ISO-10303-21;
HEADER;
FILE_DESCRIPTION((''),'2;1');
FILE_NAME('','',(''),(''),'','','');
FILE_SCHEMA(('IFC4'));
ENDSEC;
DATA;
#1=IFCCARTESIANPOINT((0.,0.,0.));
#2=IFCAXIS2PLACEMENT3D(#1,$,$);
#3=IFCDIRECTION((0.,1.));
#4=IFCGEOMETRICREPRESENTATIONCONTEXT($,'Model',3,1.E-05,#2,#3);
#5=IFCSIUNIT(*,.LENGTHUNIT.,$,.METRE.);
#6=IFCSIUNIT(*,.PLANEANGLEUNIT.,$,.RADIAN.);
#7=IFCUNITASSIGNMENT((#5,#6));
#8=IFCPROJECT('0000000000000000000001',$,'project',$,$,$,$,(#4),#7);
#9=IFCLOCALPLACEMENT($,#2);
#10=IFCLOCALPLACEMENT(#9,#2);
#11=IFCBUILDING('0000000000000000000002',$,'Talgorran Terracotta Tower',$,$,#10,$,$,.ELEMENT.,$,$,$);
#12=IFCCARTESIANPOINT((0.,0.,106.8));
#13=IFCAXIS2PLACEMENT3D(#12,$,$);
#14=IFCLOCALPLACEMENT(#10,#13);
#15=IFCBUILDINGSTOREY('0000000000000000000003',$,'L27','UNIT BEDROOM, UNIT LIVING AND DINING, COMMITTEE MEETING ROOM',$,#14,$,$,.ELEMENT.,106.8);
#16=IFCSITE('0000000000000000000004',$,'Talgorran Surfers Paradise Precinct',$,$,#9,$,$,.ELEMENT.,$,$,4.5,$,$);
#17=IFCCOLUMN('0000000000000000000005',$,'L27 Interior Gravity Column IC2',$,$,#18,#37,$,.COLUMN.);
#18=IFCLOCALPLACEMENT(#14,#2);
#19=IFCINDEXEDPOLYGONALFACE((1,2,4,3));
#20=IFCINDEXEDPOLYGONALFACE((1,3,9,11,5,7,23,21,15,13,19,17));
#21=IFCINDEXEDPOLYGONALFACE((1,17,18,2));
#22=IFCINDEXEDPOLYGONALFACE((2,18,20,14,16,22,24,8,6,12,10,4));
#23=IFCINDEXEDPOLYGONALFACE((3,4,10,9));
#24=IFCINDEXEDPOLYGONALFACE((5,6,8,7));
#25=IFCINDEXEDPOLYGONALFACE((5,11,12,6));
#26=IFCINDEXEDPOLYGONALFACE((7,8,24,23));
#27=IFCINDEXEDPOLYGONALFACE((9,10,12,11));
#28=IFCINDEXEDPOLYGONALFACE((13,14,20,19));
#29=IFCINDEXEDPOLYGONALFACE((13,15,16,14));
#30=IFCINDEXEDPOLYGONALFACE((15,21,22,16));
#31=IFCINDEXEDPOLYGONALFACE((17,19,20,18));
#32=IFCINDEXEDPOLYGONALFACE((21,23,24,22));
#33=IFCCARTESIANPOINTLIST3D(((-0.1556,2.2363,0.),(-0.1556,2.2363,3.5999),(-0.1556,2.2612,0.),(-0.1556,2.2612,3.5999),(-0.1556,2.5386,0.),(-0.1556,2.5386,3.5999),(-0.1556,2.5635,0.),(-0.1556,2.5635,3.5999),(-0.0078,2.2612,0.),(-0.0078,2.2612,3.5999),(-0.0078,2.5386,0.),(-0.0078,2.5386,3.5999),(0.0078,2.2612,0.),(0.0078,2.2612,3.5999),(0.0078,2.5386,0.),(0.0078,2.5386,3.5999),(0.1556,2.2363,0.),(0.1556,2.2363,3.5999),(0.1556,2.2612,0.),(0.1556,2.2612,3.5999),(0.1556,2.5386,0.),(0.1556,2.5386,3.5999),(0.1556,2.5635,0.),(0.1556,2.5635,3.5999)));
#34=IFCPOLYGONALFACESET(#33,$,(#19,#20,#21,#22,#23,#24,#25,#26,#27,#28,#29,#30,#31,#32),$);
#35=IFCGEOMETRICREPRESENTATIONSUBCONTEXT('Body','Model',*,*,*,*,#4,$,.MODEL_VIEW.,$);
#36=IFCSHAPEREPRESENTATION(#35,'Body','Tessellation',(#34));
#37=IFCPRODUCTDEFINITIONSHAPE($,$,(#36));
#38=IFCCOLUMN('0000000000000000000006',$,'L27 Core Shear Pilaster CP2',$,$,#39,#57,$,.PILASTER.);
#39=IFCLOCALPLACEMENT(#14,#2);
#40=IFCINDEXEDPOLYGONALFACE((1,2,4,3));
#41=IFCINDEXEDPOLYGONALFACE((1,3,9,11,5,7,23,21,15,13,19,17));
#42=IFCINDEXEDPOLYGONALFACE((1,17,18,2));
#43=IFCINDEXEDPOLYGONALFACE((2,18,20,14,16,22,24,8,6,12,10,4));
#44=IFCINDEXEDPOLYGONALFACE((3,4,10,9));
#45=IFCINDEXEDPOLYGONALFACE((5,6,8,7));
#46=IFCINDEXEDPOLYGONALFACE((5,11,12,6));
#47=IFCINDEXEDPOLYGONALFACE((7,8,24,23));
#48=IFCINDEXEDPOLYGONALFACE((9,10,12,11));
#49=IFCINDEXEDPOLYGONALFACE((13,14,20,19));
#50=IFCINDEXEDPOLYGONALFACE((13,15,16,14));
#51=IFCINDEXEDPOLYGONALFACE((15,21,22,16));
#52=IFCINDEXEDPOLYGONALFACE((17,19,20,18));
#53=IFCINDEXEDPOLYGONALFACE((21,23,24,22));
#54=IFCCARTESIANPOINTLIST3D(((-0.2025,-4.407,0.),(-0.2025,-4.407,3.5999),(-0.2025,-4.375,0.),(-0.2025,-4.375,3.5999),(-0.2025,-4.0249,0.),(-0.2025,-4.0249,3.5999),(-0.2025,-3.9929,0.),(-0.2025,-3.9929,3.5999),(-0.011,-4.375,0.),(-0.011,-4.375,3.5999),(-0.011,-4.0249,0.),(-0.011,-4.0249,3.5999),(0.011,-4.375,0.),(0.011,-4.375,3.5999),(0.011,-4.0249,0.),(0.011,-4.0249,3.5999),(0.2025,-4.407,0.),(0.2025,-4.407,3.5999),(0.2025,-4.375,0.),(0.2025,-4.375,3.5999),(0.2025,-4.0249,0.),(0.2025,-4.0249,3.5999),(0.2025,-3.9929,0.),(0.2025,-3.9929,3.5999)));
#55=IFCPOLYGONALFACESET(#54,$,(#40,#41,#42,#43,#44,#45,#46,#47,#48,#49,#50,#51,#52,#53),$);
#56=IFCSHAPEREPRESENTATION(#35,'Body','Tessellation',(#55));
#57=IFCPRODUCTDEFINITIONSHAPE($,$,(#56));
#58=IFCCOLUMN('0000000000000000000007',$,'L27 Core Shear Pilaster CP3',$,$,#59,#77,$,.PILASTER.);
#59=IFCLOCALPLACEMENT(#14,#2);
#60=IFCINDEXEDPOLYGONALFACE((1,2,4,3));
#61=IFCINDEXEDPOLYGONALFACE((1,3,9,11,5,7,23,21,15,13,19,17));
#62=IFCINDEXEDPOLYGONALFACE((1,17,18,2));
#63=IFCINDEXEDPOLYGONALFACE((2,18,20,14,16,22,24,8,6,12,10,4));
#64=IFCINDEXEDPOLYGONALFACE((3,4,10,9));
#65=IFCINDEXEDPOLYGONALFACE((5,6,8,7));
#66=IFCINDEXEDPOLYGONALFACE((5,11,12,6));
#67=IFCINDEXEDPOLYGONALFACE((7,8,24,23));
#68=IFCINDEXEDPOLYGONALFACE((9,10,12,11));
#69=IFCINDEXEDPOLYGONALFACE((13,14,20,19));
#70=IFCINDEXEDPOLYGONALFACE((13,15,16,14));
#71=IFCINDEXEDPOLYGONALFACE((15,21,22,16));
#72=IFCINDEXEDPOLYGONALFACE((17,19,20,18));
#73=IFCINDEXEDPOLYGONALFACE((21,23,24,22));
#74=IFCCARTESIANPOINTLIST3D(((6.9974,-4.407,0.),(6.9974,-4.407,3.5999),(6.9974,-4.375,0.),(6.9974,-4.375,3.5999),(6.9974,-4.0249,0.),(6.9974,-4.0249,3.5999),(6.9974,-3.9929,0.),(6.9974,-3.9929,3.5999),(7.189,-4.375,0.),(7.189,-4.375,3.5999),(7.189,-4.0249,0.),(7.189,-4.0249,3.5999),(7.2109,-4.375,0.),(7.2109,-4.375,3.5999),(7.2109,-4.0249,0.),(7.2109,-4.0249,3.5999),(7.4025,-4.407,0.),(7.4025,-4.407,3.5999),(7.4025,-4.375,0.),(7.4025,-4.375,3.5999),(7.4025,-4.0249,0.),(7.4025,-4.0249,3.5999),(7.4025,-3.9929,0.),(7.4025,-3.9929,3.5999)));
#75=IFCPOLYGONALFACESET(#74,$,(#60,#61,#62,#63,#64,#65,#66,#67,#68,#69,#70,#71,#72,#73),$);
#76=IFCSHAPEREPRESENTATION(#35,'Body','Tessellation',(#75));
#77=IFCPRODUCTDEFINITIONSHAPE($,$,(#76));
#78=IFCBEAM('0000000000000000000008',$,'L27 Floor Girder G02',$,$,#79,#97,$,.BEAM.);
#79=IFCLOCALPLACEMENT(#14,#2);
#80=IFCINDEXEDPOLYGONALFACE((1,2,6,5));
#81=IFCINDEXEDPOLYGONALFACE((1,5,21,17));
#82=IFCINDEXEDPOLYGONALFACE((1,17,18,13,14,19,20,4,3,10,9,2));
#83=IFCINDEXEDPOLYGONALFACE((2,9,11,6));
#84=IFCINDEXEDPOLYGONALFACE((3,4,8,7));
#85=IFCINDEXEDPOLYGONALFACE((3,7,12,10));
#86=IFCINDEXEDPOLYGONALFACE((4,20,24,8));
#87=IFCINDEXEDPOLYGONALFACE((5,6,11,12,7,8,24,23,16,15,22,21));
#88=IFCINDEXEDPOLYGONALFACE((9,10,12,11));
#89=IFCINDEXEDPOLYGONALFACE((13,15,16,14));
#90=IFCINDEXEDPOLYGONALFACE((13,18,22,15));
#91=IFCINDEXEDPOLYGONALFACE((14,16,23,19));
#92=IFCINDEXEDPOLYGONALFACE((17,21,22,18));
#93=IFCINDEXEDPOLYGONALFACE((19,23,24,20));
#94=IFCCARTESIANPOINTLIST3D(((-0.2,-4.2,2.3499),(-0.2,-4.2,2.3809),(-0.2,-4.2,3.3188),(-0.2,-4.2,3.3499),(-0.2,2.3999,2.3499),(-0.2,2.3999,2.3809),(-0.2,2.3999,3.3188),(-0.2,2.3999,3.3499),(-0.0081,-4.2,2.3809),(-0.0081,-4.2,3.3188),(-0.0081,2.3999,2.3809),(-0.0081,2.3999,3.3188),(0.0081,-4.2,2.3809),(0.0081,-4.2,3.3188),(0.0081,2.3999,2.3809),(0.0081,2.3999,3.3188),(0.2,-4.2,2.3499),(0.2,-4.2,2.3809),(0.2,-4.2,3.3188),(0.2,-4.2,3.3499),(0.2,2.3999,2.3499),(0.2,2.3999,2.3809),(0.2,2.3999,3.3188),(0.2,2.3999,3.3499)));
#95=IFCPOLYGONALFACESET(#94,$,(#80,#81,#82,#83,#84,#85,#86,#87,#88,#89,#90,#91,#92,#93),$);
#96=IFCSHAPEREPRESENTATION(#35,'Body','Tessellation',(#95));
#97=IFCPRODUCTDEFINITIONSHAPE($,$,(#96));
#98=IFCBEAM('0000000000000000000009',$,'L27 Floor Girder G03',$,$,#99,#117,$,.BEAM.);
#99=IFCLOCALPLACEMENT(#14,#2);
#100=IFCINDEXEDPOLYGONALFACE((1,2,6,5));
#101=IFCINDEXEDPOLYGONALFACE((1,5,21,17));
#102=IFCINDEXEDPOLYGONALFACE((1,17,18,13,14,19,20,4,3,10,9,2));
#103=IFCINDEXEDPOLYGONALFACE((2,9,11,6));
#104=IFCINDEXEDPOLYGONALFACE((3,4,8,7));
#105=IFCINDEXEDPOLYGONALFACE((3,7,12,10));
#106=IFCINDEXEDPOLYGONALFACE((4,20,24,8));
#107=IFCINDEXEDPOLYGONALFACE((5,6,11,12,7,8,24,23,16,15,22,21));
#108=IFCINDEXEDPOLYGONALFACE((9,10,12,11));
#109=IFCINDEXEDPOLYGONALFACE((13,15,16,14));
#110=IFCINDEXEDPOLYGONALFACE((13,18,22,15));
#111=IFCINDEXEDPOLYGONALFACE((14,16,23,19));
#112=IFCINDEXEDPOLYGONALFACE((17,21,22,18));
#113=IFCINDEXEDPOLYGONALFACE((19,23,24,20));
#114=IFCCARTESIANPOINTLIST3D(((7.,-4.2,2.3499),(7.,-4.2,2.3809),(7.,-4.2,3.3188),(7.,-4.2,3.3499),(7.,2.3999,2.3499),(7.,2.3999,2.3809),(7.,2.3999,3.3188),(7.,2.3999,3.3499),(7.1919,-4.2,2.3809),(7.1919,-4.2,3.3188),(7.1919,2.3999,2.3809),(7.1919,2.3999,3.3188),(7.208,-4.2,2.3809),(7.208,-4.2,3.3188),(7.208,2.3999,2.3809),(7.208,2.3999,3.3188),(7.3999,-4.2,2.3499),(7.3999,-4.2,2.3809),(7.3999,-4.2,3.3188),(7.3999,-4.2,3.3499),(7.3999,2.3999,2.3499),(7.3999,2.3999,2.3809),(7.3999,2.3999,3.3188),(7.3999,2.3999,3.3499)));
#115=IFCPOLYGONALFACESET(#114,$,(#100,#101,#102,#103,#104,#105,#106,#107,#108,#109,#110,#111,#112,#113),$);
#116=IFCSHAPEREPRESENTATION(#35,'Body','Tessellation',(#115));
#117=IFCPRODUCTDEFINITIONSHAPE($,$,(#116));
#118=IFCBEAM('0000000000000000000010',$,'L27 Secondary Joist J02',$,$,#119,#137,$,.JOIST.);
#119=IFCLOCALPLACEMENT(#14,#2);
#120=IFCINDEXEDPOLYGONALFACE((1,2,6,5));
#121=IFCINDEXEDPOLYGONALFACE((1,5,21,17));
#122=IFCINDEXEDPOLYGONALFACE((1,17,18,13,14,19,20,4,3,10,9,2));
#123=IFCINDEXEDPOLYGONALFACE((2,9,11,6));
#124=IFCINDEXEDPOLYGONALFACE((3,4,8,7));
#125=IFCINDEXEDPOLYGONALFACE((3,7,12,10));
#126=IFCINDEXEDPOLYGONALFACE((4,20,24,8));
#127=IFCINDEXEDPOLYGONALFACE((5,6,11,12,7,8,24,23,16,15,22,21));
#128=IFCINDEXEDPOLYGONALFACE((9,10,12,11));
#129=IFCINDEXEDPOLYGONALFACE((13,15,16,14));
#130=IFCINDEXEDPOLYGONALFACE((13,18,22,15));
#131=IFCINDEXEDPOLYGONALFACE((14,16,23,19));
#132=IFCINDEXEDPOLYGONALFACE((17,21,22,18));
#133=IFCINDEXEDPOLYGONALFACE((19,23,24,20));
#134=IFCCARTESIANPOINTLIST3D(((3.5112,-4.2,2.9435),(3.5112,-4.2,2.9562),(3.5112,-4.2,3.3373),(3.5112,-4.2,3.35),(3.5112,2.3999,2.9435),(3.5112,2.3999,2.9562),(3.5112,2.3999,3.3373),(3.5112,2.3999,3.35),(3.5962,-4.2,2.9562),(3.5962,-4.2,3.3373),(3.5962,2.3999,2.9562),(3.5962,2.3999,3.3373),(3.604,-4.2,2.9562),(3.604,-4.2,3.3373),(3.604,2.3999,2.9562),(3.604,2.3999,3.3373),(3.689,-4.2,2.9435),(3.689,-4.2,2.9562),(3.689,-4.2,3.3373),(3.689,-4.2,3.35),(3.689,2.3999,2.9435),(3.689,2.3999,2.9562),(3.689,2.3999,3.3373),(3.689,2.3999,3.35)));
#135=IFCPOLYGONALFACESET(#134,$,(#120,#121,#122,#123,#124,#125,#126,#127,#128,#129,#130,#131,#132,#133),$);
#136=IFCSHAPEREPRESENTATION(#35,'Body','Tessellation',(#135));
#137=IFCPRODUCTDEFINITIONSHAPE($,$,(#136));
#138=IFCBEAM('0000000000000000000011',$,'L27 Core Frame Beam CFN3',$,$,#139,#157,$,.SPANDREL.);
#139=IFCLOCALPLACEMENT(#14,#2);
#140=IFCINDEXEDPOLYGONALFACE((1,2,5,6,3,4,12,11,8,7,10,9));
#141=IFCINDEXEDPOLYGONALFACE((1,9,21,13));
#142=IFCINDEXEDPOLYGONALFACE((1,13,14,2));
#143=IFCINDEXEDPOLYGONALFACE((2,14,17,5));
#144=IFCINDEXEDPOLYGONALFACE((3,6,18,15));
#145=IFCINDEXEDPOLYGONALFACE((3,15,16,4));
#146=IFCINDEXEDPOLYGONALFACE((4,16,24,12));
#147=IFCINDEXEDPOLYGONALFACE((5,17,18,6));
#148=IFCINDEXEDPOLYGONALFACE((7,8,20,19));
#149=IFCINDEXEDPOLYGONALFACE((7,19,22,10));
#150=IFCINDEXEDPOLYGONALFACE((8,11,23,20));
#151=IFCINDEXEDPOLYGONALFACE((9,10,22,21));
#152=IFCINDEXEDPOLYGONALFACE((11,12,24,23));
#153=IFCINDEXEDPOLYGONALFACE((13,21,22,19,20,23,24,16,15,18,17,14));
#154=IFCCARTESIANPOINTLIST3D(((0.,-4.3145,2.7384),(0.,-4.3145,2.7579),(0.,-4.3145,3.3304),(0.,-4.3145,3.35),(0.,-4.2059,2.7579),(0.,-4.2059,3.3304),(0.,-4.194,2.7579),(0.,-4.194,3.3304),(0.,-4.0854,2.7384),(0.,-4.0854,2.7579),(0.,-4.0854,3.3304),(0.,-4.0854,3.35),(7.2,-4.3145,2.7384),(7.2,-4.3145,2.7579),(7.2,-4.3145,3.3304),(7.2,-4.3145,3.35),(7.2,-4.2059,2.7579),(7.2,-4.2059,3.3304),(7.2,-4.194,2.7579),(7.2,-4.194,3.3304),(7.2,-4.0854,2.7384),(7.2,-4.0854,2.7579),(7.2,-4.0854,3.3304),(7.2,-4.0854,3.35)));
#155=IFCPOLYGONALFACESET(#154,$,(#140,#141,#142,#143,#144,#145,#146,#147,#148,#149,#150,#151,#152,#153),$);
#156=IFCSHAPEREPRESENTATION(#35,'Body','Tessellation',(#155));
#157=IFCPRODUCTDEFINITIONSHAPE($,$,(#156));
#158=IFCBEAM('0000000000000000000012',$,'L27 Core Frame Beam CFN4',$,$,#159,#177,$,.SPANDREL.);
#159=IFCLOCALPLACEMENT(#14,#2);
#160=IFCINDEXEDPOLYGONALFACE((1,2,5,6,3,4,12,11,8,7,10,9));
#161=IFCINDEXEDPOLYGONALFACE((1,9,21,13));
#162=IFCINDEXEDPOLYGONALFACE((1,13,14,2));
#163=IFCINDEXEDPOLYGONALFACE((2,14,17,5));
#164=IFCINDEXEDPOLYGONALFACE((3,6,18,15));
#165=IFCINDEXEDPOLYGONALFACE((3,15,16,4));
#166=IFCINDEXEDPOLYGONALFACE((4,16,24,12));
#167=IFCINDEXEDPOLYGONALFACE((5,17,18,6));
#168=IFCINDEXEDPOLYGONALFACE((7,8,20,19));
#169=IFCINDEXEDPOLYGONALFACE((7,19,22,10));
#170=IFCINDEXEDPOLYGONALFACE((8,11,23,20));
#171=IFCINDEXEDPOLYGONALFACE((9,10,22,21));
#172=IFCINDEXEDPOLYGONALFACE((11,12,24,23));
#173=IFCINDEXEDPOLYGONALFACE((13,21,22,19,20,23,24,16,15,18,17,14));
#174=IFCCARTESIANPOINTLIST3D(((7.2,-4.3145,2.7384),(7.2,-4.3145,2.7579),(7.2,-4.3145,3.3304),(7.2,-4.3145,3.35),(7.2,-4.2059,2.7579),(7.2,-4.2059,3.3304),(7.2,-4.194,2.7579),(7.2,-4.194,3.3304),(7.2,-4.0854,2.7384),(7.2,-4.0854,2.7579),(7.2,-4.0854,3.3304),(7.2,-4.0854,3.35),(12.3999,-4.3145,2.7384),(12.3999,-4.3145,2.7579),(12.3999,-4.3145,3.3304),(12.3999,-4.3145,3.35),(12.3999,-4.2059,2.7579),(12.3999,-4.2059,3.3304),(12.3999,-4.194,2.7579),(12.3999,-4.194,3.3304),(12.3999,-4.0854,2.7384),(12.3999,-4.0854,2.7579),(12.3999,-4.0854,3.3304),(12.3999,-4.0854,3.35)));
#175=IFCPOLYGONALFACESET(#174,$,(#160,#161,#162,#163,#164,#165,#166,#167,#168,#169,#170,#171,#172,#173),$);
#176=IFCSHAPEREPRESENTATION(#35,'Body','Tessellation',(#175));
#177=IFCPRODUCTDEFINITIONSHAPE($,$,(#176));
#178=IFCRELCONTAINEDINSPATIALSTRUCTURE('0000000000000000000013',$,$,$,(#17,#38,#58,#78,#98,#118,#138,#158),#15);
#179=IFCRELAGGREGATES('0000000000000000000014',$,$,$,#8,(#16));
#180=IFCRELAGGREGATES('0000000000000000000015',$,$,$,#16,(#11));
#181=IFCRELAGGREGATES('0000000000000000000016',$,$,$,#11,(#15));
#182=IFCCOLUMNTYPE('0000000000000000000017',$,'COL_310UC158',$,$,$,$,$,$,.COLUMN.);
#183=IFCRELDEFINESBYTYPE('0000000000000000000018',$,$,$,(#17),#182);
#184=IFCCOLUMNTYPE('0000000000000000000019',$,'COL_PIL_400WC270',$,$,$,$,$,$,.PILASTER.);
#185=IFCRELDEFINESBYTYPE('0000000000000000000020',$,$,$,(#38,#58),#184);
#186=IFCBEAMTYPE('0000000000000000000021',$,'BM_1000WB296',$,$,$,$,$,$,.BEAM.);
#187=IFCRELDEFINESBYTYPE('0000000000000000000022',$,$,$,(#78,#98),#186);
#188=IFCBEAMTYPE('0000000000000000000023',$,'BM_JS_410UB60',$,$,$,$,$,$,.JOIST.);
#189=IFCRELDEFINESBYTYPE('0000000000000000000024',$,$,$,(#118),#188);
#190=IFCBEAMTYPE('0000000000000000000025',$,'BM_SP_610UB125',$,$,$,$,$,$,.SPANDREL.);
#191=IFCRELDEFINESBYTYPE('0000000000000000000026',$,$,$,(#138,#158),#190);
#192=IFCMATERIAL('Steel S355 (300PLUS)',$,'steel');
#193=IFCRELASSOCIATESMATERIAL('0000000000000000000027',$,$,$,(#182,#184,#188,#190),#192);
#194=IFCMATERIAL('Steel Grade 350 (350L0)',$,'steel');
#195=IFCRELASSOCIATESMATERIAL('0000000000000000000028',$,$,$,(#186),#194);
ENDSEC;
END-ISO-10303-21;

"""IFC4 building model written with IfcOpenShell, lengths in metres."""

from ifc_helpers import new_model, si_unit, direction, frame, origin, origin_2d, place, context, subcontext, project, spatial, i_section, extrude, material, material_profile, profile_set, type_object, element, save


model = new_model("IFC4")

# Units and contexts
model_context = context("Model", 3, precision=1e-05, world=origin(), true_north=direction((0.0, 1.0)))
body_context = subcontext(model_context, "Body", "Model", "MODEL_VIEW")
ifc_project = project(units=[si_unit("LENGTHUNIT", "METRE"), si_unit("PLANEANGLEUNIT", "RADIAN")], contexts=[model_context])

# Site, building, storey
site_placement = place(None, origin())
site = spatial("IfcSite", under=ifc_project, at=site_placement, Name="Talgorran Surfers Paradise Precinct", CompositionType="ELEMENT", RefElevation=4.5)
building_placement = place(site_placement, origin())
building = spatial("IfcBuilding", under=site, at=building_placement, Name="Talgorran Terracotta Tower", CompositionType="ELEMENT")
storey_placement = place(building_placement, frame((0.0, 0.0, 106.8)))
storey = spatial("IfcBuildingStorey", under=building, at=storey_placement, Name="L27", Description="UNIT BEDROOM, UNIT LIVING AND DINING, COMMITTEE MEETING ROOM", CompositionType="ELEMENT", Elevation=106.8)

# Columns
ifc_material_1 = material(Name="Steel S355 (300PLUS)", Category="steel")
ifc_material_profile_1 = material_profile(ifc_material_1, i_section(OverallWidth=0.3113, OverallDepth=0.3271, WebThickness=0.0156, FlangeThickness=0.0249, at=origin_2d()), Name="310UC158")
ifc_profile_set_1 = profile_set([ifc_material_profile_1], Name="Steel S355 (300PLUS)")
column_type_1 = type_object("IfcColumnType", Name="COL_310UC158", PredefinedType="COLUMN", material=ifc_profile_set_1)
column_placement = place(storey_placement, frame((0.0, 2.3999, 0.0), z_axis=(0.0, 0.0, 1.0), x_axis=(1.0, 0.0, 0.0)))
element("IfcColumn", 1, at=column_placement, inside=storey, type_object=column_type_1, Name="L27 Interior Gravity Column IC2", PredefinedType="COLUMN", context=body_context, shape_type="SweptSolid", body=[
    extrude(i_section(OverallWidth=0.3113, OverallDepth=0.3271, WebThickness=0.0156, FlangeThickness=0.0249, at=origin_2d()), origin(), (0.0, 0.0, 1.0), 3.5999),
])
ifc_material_profile_2 = material_profile(ifc_material_1, i_section(OverallWidth=0.405, OverallDepth=0.4141, WebThickness=0.022, FlangeThickness=0.032, at=origin_2d()), Name="400WC270")
ifc_profile_set_2 = profile_set([ifc_material_profile_2], Name="Steel S355 (300PLUS)")
column_type_2 = type_object("IfcColumnType", Name="COL_PIL_400WC270", PredefinedType="PILASTER", material=ifc_profile_set_2)
for number, where, z_axis, x_axis, name in (
    (2, (0.0, -4.2, 0.0), (0.0, 0.0, 1.0), (1.0, 0.0, 0.0), "L27 Core Shear Pilaster CP2"),
    (3, (7.2, -4.2, 0.0), (0.0, 0.0, 1.0), (1.0, 0.0, 0.0), "L27 Core Shear Pilaster CP3"),
):
    element("IfcColumn", number, at=place(storey_placement, frame(where, z_axis=z_axis, x_axis=x_axis)), inside=storey, type_object=column_type_2, Name=name, PredefinedType="PILASTER", context=body_context, shape_type="SweptSolid", body=[
        extrude(i_section(OverallWidth=0.405, OverallDepth=0.4141, WebThickness=0.022, FlangeThickness=0.032, at=origin_2d()), origin(), (0.0, 0.0, 1.0), 3.5999),
    ])

# Beams
ifc_material_2 = material(Name="Steel Grade 350 (350L0)", Category="steel")
ifc_material_profile_3 = material_profile(ifc_material_2, i_section(OverallWidth=0.3999, OverallDepth=1.0, WebThickness=0.0161, FlangeThickness=0.031, at=origin_2d()), Name="1000WB296")
ifc_profile_set_3 = profile_set([ifc_material_profile_3], Name="Steel Grade 350 (350L0)")
beam_type_1 = type_object("IfcBeamType", Name="BM_1000WB296", PredefinedType="BEAM", material=ifc_profile_set_3)
for number, where, z_axis, x_axis, name in (
    (4, (0.0, -4.2, 2.8499), (0.0, 1.0, 0.0), (-1.0, 0.0, 0.0), "L27 Floor Girder G02"),
    (5, (7.2, -4.2, 2.8499), (0.0, 1.0, 0.0), (-1.0, 0.0, 0.0), "L27 Floor Girder G03"),
):
    element("IfcBeam", number, at=place(storey_placement, frame(where, z_axis=z_axis, x_axis=x_axis)), inside=storey, type_object=beam_type_1, Name=name, PredefinedType="BEAM", context=body_context, shape_type="SweptSolid", body=[
        extrude(i_section(OverallWidth=0.3999, OverallDepth=1.0, WebThickness=0.0161, FlangeThickness=0.031, at=origin_2d()), origin(), (0.0, 0.0, 1.0), 6.5999),
    ])
ifc_material_profile_4 = material_profile(ifc_material_1, i_section(OverallWidth=0.1777, OverallDepth=0.4065, WebThickness=0.0078, FlangeThickness=0.0127, at=origin_2d()), Name="410UB59.7")
ifc_profile_set_4 = profile_set([ifc_material_profile_4], Name="Steel S355 (300PLUS)")
beam_type_2 = type_object("IfcBeamType", Name="BM_JS_410UB60", PredefinedType="JOIST", material=ifc_profile_set_4)
beam_1_placement = place(storey_placement, frame((3.6001, -4.2, 3.1467), z_axis=(0.0, 1.0, 0.0), x_axis=(-1.0, 0.0, 0.0)))
element("IfcBeam", 6, at=beam_1_placement, inside=storey, type_object=beam_type_2, Name="L27 Secondary Joist J02", PredefinedType="JOIST", context=body_context, shape_type="SweptSolid", body=[
    extrude(i_section(OverallWidth=0.1777, OverallDepth=0.4065, WebThickness=0.0078, FlangeThickness=0.0127, at=origin_2d()), origin(), (0.0, 0.0, 1.0), 6.5999),
])
ifc_material_profile_5 = material_profile(ifc_material_1, i_section(OverallWidth=0.229, OverallDepth=0.6116, WebThickness=0.012, FlangeThickness=0.0195, at=origin_2d()), Name="610UB125")
ifc_profile_set_5 = profile_set([ifc_material_profile_5], Name="Steel S355 (300PLUS)")
beam_type_3 = type_object("IfcBeamType", Name="BM_SP_610UB125", PredefinedType="SPANDREL", material=ifc_profile_set_5)
beam_2_placement = place(storey_placement, frame((0.0, -4.2, 3.0442), z_axis=(1.0, 0.0, 0.0), x_axis=(0.0, 1.0, 0.0)))
element("IfcBeam", 7, at=beam_2_placement, inside=storey, type_object=beam_type_3, Name="L27 Core Frame Beam CFN3", PredefinedType="SPANDREL", context=body_context, shape_type="SweptSolid", body=[
    extrude(i_section(OverallWidth=0.229, OverallDepth=0.6116, WebThickness=0.012, FlangeThickness=0.0195, at=origin_2d()), origin(), (0.0, 0.0, 1.0), 7.2),
])
beam_3_placement = place(storey_placement, frame((7.2, -4.2, 3.0442), z_axis=(1.0, 0.0, 0.0), x_axis=(0.0, 1.0, 0.0)))
element("IfcBeam", 8, at=beam_3_placement, inside=storey, type_object=beam_type_3, Name="L27 Core Frame Beam CFN4", PredefinedType="SPANDREL", context=body_context, shape_type="SweptSolid", body=[
    extrude(i_section(OverallWidth=0.229, OverallDepth=0.6116, WebThickness=0.012, FlangeThickness=0.0195, at=origin_2d()), origin(), (0.0, 0.0, 1.0), 5.2),
])

save(model, "model.ifc")
